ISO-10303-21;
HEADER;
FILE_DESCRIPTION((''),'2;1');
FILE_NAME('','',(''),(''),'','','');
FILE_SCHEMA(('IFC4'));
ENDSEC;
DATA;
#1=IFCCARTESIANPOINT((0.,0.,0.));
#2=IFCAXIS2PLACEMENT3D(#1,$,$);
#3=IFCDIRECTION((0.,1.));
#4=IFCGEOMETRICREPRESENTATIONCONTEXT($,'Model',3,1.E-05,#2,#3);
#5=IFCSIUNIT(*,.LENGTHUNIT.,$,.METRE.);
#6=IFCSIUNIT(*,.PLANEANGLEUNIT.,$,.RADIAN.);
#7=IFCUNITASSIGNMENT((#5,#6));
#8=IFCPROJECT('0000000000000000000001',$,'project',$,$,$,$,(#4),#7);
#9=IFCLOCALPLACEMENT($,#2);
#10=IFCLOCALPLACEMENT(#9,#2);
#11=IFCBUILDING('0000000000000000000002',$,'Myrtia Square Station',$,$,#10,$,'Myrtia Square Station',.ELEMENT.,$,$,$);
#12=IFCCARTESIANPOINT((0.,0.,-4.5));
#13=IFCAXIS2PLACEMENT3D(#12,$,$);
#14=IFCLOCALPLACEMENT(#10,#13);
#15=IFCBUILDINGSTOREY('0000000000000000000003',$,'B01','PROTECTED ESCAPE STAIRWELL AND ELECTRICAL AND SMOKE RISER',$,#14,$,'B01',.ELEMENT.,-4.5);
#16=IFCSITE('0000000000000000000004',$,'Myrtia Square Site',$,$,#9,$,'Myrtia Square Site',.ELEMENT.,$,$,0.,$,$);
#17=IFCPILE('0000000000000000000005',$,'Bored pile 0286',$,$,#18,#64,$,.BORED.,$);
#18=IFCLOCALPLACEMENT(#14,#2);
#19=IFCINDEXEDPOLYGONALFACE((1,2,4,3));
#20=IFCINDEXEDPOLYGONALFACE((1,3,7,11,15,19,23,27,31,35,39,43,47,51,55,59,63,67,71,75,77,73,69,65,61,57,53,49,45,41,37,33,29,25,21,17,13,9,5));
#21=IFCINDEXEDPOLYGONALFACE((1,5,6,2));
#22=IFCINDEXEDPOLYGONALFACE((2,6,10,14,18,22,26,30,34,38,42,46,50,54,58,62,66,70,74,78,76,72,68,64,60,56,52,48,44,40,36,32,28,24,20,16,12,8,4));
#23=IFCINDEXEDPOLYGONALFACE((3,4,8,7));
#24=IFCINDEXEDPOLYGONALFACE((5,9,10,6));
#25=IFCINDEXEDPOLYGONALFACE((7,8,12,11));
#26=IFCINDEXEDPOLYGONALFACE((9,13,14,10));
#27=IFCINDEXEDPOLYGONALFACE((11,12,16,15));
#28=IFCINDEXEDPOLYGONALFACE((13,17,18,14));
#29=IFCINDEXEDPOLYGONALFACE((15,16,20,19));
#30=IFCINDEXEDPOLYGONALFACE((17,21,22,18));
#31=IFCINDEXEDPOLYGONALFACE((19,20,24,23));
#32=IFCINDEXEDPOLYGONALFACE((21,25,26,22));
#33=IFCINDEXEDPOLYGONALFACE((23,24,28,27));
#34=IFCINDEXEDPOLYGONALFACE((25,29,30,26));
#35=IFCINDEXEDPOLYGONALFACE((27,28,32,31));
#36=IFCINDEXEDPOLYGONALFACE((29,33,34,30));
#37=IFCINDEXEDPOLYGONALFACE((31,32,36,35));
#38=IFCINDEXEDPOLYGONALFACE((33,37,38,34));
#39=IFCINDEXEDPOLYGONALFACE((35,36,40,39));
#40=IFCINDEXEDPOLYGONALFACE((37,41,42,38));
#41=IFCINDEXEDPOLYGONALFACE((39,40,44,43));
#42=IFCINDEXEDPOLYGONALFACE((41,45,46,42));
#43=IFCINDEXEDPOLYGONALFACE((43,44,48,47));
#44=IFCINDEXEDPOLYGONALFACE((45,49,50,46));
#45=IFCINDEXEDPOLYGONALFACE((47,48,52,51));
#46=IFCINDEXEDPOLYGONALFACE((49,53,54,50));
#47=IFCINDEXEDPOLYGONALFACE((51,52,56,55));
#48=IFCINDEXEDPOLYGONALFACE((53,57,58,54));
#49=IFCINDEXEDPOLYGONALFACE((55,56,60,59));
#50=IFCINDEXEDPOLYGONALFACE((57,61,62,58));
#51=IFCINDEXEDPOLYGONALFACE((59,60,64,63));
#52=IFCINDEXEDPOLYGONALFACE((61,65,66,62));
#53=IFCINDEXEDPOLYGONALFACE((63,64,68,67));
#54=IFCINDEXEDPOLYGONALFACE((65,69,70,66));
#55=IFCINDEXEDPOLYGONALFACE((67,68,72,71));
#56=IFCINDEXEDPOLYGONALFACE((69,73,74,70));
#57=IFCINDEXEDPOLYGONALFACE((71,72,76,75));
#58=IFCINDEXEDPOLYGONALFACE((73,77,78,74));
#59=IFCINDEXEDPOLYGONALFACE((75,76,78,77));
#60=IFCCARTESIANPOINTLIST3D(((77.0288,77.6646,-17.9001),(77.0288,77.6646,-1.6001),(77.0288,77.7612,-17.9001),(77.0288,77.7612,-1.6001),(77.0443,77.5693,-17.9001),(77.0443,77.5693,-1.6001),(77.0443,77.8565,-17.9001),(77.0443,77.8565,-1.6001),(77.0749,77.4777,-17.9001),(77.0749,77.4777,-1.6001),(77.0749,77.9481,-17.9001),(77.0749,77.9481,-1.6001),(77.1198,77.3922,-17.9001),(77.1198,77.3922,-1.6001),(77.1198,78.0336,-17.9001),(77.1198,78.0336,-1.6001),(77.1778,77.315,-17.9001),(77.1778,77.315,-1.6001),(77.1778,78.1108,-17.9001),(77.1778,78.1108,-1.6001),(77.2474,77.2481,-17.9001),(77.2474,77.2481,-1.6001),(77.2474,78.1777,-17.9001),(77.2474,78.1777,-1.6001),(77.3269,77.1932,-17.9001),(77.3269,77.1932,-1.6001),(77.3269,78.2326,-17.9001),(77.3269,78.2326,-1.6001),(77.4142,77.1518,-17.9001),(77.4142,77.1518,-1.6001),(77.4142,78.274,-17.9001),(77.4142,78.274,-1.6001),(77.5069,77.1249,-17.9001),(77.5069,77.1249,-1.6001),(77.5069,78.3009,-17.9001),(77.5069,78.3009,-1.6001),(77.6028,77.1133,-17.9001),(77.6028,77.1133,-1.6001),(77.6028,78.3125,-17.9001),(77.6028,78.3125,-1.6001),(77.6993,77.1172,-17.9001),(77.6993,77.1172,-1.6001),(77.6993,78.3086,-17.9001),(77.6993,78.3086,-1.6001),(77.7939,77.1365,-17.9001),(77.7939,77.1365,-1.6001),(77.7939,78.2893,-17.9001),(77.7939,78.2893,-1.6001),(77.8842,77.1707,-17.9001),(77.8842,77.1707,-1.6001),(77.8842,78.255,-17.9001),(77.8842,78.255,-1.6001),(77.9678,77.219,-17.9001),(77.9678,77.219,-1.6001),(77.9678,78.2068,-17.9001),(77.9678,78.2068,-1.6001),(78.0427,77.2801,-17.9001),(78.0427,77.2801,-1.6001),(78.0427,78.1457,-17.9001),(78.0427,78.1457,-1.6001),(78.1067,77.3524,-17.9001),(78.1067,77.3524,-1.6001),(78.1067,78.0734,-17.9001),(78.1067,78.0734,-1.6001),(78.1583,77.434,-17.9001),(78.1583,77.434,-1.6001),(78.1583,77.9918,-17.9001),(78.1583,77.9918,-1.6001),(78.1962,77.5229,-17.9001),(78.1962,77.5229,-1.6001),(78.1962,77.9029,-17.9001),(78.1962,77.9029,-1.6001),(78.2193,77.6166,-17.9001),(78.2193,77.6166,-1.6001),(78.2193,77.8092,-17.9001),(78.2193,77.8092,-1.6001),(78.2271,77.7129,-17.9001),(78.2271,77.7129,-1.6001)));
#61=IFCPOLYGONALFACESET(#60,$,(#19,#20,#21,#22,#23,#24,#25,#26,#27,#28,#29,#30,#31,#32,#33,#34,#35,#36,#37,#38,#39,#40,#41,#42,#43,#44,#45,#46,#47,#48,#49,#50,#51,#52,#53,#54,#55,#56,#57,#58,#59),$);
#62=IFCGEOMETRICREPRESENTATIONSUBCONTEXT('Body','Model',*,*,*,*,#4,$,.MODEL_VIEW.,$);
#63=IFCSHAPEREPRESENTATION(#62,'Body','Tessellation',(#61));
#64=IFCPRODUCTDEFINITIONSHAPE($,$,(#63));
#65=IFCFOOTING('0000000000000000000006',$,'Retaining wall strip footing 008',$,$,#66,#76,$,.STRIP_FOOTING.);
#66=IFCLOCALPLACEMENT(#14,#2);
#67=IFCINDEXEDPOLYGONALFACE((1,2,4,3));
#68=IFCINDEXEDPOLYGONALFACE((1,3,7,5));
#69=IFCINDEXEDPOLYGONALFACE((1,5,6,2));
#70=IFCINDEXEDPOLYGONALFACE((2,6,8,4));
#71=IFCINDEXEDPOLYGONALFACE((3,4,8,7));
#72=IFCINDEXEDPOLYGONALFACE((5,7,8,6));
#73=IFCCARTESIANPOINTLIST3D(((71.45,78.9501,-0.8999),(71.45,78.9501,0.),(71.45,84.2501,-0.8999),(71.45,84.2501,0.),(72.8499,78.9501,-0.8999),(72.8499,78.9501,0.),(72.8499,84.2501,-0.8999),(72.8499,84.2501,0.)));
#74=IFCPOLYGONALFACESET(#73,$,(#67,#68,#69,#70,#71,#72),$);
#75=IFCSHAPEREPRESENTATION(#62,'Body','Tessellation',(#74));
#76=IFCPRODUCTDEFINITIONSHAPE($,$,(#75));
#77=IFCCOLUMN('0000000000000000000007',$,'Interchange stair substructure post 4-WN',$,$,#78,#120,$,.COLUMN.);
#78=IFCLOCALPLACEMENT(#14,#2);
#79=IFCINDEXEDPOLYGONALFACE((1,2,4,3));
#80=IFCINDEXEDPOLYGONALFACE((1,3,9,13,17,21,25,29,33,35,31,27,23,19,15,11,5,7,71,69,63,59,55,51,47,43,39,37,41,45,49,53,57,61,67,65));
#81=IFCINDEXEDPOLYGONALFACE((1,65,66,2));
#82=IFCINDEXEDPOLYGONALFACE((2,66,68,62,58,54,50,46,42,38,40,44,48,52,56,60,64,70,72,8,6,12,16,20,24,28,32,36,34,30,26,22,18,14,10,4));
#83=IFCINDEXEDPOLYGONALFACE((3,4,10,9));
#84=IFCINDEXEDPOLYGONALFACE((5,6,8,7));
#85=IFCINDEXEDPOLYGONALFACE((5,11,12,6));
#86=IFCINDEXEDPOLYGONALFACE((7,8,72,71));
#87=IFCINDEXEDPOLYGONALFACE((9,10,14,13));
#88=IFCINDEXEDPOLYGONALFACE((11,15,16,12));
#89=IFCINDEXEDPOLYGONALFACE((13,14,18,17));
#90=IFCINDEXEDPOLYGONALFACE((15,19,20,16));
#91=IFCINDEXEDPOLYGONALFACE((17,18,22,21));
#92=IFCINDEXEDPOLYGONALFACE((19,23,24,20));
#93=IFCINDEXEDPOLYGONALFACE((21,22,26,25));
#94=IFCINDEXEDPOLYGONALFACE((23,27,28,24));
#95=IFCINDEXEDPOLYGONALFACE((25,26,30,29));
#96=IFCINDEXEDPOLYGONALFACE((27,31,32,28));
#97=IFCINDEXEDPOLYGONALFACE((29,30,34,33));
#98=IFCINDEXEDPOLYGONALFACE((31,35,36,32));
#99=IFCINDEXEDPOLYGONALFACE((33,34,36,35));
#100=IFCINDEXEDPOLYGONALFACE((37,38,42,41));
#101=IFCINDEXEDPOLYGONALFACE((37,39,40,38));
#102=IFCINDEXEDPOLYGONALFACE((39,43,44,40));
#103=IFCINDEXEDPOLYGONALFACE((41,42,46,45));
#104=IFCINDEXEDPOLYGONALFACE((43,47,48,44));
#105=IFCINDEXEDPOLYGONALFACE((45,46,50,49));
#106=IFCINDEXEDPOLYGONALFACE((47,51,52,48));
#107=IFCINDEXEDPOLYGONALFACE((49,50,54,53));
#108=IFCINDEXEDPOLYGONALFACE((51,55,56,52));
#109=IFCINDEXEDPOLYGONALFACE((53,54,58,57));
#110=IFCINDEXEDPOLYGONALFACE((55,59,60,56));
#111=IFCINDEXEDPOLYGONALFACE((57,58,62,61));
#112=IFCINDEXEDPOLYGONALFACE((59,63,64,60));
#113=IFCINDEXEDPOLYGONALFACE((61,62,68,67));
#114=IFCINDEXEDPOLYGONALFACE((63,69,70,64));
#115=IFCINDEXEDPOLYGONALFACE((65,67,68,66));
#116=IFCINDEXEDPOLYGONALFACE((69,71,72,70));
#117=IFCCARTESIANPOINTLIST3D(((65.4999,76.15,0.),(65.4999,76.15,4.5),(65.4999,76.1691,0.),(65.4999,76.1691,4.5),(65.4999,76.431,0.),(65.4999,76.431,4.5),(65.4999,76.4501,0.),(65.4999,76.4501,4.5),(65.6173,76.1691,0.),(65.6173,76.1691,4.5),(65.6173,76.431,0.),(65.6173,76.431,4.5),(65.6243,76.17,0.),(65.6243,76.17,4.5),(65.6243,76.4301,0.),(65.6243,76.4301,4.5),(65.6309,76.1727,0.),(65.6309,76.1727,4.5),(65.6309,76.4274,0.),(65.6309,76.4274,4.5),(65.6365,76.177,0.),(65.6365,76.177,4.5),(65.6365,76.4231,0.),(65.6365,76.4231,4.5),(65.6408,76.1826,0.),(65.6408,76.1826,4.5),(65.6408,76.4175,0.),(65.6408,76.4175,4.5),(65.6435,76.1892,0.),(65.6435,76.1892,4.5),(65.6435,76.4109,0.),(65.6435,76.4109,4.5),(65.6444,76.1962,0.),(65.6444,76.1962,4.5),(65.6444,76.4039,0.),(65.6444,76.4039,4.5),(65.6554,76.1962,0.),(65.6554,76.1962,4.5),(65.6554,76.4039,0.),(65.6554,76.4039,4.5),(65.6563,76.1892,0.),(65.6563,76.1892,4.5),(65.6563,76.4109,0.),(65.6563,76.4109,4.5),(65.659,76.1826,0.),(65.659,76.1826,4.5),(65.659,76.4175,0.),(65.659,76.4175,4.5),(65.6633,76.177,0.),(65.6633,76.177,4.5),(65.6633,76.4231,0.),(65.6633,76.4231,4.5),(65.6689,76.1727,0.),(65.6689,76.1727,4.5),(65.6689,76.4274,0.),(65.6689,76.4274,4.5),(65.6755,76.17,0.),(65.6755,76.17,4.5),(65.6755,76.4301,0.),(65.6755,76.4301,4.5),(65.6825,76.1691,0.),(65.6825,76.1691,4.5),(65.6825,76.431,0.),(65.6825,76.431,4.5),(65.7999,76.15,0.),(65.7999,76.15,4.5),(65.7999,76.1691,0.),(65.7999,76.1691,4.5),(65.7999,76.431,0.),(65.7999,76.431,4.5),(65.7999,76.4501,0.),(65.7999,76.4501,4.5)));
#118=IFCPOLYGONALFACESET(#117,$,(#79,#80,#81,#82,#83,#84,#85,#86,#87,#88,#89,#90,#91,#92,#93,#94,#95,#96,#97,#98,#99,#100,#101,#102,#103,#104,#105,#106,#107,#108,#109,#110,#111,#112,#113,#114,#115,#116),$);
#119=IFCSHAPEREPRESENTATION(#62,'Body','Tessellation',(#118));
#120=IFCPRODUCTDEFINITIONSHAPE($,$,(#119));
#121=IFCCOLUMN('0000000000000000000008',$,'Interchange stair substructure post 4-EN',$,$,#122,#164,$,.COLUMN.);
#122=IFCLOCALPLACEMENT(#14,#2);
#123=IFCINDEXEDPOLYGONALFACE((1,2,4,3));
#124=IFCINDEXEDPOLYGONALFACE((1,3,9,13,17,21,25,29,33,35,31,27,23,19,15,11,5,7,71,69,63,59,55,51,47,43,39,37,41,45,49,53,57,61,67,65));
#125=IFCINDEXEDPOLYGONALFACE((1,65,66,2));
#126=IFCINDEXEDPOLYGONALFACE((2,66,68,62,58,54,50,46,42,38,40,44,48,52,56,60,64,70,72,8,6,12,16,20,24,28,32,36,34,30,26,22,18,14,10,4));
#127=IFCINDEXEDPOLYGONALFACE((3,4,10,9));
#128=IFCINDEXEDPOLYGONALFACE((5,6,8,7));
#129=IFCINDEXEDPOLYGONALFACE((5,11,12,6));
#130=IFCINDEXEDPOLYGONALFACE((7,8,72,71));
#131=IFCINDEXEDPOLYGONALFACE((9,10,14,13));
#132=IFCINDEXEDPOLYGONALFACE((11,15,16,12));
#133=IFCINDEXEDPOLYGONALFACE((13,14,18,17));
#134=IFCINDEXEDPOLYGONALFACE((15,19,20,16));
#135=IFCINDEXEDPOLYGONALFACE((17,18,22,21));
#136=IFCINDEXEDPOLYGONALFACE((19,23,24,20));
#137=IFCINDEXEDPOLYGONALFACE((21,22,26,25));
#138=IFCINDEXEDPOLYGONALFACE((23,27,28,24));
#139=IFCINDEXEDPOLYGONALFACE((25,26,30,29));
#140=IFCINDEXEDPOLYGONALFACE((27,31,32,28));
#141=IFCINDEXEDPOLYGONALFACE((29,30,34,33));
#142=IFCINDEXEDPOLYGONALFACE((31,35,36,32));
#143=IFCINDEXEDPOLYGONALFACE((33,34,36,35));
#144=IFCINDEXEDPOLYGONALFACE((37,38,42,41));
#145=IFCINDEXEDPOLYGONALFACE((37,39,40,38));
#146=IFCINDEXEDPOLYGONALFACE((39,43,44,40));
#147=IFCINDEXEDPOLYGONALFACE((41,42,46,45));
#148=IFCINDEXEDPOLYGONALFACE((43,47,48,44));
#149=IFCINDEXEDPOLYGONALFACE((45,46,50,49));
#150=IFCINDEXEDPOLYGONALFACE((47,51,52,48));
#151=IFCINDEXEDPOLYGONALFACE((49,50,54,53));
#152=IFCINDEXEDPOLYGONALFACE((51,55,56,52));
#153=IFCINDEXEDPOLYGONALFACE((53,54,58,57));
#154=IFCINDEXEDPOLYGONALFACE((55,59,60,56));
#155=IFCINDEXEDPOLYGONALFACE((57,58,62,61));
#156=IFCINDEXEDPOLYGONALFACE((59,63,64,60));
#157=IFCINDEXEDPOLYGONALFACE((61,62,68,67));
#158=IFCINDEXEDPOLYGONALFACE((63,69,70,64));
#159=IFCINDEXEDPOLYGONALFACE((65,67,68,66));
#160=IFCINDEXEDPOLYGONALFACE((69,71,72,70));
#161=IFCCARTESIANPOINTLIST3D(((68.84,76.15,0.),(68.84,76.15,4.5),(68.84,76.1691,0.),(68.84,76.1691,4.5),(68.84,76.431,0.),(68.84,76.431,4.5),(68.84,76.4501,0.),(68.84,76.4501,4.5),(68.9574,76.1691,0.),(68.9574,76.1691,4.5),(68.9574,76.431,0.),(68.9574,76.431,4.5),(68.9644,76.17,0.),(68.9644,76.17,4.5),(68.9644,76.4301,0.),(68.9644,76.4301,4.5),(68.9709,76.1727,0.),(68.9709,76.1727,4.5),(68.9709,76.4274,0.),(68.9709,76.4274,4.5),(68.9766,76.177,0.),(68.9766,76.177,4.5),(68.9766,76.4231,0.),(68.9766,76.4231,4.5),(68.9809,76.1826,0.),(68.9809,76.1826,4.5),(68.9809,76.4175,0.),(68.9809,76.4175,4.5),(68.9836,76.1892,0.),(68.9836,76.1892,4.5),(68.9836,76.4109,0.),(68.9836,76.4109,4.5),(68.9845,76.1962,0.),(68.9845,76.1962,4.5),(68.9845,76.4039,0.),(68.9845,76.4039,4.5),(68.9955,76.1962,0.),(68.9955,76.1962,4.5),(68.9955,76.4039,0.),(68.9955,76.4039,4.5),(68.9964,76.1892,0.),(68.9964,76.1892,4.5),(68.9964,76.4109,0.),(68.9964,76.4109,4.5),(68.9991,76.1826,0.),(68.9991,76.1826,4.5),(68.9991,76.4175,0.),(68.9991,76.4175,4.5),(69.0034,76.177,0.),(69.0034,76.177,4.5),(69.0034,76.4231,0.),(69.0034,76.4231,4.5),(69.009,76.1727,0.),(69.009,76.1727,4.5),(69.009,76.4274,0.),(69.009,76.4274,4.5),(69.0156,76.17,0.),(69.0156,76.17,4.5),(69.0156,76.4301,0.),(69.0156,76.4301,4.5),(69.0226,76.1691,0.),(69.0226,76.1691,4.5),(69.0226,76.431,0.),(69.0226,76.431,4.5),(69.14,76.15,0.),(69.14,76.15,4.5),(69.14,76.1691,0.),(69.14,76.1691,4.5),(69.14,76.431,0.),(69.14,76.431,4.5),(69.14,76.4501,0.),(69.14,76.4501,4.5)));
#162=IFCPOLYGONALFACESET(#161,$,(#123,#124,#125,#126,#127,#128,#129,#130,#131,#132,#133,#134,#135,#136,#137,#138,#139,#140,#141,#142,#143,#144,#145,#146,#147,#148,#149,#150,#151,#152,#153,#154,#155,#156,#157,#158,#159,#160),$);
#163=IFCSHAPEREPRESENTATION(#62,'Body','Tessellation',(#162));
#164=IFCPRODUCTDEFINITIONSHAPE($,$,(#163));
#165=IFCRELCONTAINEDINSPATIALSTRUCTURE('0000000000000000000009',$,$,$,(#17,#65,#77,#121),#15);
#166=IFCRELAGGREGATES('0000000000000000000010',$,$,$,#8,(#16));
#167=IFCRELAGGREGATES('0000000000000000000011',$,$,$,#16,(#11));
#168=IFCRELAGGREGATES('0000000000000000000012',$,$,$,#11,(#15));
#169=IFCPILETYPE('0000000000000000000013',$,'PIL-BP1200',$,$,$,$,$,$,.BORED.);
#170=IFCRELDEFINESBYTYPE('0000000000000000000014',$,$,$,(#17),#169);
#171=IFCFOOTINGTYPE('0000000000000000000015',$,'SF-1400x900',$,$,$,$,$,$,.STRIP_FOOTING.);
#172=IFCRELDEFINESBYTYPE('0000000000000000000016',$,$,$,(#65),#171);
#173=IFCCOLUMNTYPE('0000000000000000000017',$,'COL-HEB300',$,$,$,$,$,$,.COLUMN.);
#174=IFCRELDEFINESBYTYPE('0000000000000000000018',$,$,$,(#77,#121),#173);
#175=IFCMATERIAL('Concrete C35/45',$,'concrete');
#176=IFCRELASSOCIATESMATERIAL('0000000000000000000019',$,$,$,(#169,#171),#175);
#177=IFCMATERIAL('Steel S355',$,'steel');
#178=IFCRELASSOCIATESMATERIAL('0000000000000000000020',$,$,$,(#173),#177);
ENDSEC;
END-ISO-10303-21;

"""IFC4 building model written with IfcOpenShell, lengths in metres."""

from ifc_helpers import new_model, si_unit, direction, frame, origin, origin_2d, place, context, subcontext, project, spatial, rectangle, circle, i_section, extrude, material, material_profile, profile_set, type_object, element, save


model = new_model("IFC4")

# Units and contexts
model_context = context("Model", 3, precision=1e-05, world=origin(), true_north=direction((0.0, 1.0)))
body_context = subcontext(model_context, "Body", "Model", "MODEL_VIEW")
ifc_project = project(units=[si_unit("LENGTHUNIT", "METRE"), si_unit("PLANEANGLEUNIT", "RADIAN")], contexts=[model_context])

# Site, building, storey
site_placement = place(None, origin())
site = spatial("IfcSite", under=ifc_project, at=site_placement, Name="Myrtia Square Site", LongName="Myrtia Square Site", CompositionType="ELEMENT", RefElevation=0.0)
building_placement = place(site_placement, origin())
building = spatial("IfcBuilding", under=site, at=building_placement, Name="Myrtia Square Station", LongName="Myrtia Square Station", CompositionType="ELEMENT")
storey_placement = place(building_placement, frame((0.0, 0.0, -4.5)))
storey = spatial("IfcBuildingStorey", under=building, at=storey_placement, Name="B01", Description="PROTECTED ESCAPE STAIRWELL AND ELECTRICAL AND SMOKE RISER", LongName="B01", CompositionType="ELEMENT", Elevation=-4.5)

# Shared definitions
ifc_material_1 = material(Name="Concrete C35/45", Category="concrete")

# Pile
ifc_material_profile_1 = material_profile(ifc_material_1, circle(Radius=0.6001, at=origin_2d()), Name="BP D1200")
ifc_profile_set_1 = profile_set([ifc_material_profile_1], Name="Concrete C35/45")
pile_type_1 = type_object("IfcPileType", Name="PIL-BP1200", PredefinedType="BORED", material=ifc_profile_set_1)
for number, where, z_axis, x_axis, name in (
    (1, (77.627, 77.7129, -1.6001), (0.0, 0.0, -1.0), (1.0, 0.0, 0.0), "Bored pile 0286"),
):
    element("IfcPile", number, at=place(storey_placement, frame(where, z_axis=z_axis, x_axis=x_axis)), inside=storey, type_object=pile_type_1, Name=name, PredefinedType="BORED", context=body_context, shape_type="SweptSolid", body=[
        extrude(circle(Radius=0.6001, at=origin_2d()), origin(), (0.0, 0.0, 1.0), 16.3),
    ])

# Footing
footing_type_1 = type_object("IfcFootingType", Name="SF-1400x900", PredefinedType="STRIP_FOOTING", material=ifc_material_1)
footing_1_placement = place(storey_placement, frame((72.1499, 81.6001, -0.8999), z_axis=(0.0, 0.0, 1.0), x_axis=(1.0, 0.0, 0.0)))
element("IfcFooting", 2, at=footing_1_placement, inside=storey, type_object=footing_type_1, Name="Retaining wall strip footing 008", PredefinedType="STRIP_FOOTING", context=body_context, shape_type="SweptSolid", body=[
    extrude(rectangle(XDim=1.3999, YDim=5.3, at=origin_2d()), origin(), (0.0, 0.0, 1.0), 0.8999),
])

# Columns
ifc_material_2 = material(Name="Steel S355", Category="steel")
ifc_material_profile_2 = material_profile(ifc_material_2, i_section(OverallWidth=0.3, OverallDepth=0.3, WebThickness=0.011, FlangeThickness=0.019, FilletRadius=0.0271, at=origin_2d()), Name="HEB 300")
ifc_profile_set_2 = profile_set([ifc_material_profile_2], Name="Steel S355")
column_type_1 = type_object("IfcColumnType", Name="COL-HEB300", PredefinedType="COLUMN", material=ifc_profile_set_2)
for number, where, z_axis, x_axis, name in (
    (3, (65.6499, 76.3, 0.0), (0.0, 0.0, 1.0), (1.0, 0.0, 0.0), "Interchange stair substructure post 4-WN"),
    (4, (68.99, 76.3, 0.0), (0.0, 0.0, 1.0), (1.0, 0.0, 0.0), "Interchange stair substructure post 4-EN"),
):
    element("IfcColumn", number, at=place(storey_placement, frame(where, z_axis=z_axis, x_axis=x_axis)), inside=storey, type_object=column_type_1, Name=name, PredefinedType="COLUMN", context=body_context, shape_type="SweptSolid", body=[
        extrude(i_section(OverallWidth=0.3, OverallDepth=0.3, WebThickness=0.011, FlangeThickness=0.019, FilletRadius=0.0271, at=origin_2d()), origin(), (0.0, 0.0, 1.0), 4.5),
    ])

save(model, "model.ifc")
